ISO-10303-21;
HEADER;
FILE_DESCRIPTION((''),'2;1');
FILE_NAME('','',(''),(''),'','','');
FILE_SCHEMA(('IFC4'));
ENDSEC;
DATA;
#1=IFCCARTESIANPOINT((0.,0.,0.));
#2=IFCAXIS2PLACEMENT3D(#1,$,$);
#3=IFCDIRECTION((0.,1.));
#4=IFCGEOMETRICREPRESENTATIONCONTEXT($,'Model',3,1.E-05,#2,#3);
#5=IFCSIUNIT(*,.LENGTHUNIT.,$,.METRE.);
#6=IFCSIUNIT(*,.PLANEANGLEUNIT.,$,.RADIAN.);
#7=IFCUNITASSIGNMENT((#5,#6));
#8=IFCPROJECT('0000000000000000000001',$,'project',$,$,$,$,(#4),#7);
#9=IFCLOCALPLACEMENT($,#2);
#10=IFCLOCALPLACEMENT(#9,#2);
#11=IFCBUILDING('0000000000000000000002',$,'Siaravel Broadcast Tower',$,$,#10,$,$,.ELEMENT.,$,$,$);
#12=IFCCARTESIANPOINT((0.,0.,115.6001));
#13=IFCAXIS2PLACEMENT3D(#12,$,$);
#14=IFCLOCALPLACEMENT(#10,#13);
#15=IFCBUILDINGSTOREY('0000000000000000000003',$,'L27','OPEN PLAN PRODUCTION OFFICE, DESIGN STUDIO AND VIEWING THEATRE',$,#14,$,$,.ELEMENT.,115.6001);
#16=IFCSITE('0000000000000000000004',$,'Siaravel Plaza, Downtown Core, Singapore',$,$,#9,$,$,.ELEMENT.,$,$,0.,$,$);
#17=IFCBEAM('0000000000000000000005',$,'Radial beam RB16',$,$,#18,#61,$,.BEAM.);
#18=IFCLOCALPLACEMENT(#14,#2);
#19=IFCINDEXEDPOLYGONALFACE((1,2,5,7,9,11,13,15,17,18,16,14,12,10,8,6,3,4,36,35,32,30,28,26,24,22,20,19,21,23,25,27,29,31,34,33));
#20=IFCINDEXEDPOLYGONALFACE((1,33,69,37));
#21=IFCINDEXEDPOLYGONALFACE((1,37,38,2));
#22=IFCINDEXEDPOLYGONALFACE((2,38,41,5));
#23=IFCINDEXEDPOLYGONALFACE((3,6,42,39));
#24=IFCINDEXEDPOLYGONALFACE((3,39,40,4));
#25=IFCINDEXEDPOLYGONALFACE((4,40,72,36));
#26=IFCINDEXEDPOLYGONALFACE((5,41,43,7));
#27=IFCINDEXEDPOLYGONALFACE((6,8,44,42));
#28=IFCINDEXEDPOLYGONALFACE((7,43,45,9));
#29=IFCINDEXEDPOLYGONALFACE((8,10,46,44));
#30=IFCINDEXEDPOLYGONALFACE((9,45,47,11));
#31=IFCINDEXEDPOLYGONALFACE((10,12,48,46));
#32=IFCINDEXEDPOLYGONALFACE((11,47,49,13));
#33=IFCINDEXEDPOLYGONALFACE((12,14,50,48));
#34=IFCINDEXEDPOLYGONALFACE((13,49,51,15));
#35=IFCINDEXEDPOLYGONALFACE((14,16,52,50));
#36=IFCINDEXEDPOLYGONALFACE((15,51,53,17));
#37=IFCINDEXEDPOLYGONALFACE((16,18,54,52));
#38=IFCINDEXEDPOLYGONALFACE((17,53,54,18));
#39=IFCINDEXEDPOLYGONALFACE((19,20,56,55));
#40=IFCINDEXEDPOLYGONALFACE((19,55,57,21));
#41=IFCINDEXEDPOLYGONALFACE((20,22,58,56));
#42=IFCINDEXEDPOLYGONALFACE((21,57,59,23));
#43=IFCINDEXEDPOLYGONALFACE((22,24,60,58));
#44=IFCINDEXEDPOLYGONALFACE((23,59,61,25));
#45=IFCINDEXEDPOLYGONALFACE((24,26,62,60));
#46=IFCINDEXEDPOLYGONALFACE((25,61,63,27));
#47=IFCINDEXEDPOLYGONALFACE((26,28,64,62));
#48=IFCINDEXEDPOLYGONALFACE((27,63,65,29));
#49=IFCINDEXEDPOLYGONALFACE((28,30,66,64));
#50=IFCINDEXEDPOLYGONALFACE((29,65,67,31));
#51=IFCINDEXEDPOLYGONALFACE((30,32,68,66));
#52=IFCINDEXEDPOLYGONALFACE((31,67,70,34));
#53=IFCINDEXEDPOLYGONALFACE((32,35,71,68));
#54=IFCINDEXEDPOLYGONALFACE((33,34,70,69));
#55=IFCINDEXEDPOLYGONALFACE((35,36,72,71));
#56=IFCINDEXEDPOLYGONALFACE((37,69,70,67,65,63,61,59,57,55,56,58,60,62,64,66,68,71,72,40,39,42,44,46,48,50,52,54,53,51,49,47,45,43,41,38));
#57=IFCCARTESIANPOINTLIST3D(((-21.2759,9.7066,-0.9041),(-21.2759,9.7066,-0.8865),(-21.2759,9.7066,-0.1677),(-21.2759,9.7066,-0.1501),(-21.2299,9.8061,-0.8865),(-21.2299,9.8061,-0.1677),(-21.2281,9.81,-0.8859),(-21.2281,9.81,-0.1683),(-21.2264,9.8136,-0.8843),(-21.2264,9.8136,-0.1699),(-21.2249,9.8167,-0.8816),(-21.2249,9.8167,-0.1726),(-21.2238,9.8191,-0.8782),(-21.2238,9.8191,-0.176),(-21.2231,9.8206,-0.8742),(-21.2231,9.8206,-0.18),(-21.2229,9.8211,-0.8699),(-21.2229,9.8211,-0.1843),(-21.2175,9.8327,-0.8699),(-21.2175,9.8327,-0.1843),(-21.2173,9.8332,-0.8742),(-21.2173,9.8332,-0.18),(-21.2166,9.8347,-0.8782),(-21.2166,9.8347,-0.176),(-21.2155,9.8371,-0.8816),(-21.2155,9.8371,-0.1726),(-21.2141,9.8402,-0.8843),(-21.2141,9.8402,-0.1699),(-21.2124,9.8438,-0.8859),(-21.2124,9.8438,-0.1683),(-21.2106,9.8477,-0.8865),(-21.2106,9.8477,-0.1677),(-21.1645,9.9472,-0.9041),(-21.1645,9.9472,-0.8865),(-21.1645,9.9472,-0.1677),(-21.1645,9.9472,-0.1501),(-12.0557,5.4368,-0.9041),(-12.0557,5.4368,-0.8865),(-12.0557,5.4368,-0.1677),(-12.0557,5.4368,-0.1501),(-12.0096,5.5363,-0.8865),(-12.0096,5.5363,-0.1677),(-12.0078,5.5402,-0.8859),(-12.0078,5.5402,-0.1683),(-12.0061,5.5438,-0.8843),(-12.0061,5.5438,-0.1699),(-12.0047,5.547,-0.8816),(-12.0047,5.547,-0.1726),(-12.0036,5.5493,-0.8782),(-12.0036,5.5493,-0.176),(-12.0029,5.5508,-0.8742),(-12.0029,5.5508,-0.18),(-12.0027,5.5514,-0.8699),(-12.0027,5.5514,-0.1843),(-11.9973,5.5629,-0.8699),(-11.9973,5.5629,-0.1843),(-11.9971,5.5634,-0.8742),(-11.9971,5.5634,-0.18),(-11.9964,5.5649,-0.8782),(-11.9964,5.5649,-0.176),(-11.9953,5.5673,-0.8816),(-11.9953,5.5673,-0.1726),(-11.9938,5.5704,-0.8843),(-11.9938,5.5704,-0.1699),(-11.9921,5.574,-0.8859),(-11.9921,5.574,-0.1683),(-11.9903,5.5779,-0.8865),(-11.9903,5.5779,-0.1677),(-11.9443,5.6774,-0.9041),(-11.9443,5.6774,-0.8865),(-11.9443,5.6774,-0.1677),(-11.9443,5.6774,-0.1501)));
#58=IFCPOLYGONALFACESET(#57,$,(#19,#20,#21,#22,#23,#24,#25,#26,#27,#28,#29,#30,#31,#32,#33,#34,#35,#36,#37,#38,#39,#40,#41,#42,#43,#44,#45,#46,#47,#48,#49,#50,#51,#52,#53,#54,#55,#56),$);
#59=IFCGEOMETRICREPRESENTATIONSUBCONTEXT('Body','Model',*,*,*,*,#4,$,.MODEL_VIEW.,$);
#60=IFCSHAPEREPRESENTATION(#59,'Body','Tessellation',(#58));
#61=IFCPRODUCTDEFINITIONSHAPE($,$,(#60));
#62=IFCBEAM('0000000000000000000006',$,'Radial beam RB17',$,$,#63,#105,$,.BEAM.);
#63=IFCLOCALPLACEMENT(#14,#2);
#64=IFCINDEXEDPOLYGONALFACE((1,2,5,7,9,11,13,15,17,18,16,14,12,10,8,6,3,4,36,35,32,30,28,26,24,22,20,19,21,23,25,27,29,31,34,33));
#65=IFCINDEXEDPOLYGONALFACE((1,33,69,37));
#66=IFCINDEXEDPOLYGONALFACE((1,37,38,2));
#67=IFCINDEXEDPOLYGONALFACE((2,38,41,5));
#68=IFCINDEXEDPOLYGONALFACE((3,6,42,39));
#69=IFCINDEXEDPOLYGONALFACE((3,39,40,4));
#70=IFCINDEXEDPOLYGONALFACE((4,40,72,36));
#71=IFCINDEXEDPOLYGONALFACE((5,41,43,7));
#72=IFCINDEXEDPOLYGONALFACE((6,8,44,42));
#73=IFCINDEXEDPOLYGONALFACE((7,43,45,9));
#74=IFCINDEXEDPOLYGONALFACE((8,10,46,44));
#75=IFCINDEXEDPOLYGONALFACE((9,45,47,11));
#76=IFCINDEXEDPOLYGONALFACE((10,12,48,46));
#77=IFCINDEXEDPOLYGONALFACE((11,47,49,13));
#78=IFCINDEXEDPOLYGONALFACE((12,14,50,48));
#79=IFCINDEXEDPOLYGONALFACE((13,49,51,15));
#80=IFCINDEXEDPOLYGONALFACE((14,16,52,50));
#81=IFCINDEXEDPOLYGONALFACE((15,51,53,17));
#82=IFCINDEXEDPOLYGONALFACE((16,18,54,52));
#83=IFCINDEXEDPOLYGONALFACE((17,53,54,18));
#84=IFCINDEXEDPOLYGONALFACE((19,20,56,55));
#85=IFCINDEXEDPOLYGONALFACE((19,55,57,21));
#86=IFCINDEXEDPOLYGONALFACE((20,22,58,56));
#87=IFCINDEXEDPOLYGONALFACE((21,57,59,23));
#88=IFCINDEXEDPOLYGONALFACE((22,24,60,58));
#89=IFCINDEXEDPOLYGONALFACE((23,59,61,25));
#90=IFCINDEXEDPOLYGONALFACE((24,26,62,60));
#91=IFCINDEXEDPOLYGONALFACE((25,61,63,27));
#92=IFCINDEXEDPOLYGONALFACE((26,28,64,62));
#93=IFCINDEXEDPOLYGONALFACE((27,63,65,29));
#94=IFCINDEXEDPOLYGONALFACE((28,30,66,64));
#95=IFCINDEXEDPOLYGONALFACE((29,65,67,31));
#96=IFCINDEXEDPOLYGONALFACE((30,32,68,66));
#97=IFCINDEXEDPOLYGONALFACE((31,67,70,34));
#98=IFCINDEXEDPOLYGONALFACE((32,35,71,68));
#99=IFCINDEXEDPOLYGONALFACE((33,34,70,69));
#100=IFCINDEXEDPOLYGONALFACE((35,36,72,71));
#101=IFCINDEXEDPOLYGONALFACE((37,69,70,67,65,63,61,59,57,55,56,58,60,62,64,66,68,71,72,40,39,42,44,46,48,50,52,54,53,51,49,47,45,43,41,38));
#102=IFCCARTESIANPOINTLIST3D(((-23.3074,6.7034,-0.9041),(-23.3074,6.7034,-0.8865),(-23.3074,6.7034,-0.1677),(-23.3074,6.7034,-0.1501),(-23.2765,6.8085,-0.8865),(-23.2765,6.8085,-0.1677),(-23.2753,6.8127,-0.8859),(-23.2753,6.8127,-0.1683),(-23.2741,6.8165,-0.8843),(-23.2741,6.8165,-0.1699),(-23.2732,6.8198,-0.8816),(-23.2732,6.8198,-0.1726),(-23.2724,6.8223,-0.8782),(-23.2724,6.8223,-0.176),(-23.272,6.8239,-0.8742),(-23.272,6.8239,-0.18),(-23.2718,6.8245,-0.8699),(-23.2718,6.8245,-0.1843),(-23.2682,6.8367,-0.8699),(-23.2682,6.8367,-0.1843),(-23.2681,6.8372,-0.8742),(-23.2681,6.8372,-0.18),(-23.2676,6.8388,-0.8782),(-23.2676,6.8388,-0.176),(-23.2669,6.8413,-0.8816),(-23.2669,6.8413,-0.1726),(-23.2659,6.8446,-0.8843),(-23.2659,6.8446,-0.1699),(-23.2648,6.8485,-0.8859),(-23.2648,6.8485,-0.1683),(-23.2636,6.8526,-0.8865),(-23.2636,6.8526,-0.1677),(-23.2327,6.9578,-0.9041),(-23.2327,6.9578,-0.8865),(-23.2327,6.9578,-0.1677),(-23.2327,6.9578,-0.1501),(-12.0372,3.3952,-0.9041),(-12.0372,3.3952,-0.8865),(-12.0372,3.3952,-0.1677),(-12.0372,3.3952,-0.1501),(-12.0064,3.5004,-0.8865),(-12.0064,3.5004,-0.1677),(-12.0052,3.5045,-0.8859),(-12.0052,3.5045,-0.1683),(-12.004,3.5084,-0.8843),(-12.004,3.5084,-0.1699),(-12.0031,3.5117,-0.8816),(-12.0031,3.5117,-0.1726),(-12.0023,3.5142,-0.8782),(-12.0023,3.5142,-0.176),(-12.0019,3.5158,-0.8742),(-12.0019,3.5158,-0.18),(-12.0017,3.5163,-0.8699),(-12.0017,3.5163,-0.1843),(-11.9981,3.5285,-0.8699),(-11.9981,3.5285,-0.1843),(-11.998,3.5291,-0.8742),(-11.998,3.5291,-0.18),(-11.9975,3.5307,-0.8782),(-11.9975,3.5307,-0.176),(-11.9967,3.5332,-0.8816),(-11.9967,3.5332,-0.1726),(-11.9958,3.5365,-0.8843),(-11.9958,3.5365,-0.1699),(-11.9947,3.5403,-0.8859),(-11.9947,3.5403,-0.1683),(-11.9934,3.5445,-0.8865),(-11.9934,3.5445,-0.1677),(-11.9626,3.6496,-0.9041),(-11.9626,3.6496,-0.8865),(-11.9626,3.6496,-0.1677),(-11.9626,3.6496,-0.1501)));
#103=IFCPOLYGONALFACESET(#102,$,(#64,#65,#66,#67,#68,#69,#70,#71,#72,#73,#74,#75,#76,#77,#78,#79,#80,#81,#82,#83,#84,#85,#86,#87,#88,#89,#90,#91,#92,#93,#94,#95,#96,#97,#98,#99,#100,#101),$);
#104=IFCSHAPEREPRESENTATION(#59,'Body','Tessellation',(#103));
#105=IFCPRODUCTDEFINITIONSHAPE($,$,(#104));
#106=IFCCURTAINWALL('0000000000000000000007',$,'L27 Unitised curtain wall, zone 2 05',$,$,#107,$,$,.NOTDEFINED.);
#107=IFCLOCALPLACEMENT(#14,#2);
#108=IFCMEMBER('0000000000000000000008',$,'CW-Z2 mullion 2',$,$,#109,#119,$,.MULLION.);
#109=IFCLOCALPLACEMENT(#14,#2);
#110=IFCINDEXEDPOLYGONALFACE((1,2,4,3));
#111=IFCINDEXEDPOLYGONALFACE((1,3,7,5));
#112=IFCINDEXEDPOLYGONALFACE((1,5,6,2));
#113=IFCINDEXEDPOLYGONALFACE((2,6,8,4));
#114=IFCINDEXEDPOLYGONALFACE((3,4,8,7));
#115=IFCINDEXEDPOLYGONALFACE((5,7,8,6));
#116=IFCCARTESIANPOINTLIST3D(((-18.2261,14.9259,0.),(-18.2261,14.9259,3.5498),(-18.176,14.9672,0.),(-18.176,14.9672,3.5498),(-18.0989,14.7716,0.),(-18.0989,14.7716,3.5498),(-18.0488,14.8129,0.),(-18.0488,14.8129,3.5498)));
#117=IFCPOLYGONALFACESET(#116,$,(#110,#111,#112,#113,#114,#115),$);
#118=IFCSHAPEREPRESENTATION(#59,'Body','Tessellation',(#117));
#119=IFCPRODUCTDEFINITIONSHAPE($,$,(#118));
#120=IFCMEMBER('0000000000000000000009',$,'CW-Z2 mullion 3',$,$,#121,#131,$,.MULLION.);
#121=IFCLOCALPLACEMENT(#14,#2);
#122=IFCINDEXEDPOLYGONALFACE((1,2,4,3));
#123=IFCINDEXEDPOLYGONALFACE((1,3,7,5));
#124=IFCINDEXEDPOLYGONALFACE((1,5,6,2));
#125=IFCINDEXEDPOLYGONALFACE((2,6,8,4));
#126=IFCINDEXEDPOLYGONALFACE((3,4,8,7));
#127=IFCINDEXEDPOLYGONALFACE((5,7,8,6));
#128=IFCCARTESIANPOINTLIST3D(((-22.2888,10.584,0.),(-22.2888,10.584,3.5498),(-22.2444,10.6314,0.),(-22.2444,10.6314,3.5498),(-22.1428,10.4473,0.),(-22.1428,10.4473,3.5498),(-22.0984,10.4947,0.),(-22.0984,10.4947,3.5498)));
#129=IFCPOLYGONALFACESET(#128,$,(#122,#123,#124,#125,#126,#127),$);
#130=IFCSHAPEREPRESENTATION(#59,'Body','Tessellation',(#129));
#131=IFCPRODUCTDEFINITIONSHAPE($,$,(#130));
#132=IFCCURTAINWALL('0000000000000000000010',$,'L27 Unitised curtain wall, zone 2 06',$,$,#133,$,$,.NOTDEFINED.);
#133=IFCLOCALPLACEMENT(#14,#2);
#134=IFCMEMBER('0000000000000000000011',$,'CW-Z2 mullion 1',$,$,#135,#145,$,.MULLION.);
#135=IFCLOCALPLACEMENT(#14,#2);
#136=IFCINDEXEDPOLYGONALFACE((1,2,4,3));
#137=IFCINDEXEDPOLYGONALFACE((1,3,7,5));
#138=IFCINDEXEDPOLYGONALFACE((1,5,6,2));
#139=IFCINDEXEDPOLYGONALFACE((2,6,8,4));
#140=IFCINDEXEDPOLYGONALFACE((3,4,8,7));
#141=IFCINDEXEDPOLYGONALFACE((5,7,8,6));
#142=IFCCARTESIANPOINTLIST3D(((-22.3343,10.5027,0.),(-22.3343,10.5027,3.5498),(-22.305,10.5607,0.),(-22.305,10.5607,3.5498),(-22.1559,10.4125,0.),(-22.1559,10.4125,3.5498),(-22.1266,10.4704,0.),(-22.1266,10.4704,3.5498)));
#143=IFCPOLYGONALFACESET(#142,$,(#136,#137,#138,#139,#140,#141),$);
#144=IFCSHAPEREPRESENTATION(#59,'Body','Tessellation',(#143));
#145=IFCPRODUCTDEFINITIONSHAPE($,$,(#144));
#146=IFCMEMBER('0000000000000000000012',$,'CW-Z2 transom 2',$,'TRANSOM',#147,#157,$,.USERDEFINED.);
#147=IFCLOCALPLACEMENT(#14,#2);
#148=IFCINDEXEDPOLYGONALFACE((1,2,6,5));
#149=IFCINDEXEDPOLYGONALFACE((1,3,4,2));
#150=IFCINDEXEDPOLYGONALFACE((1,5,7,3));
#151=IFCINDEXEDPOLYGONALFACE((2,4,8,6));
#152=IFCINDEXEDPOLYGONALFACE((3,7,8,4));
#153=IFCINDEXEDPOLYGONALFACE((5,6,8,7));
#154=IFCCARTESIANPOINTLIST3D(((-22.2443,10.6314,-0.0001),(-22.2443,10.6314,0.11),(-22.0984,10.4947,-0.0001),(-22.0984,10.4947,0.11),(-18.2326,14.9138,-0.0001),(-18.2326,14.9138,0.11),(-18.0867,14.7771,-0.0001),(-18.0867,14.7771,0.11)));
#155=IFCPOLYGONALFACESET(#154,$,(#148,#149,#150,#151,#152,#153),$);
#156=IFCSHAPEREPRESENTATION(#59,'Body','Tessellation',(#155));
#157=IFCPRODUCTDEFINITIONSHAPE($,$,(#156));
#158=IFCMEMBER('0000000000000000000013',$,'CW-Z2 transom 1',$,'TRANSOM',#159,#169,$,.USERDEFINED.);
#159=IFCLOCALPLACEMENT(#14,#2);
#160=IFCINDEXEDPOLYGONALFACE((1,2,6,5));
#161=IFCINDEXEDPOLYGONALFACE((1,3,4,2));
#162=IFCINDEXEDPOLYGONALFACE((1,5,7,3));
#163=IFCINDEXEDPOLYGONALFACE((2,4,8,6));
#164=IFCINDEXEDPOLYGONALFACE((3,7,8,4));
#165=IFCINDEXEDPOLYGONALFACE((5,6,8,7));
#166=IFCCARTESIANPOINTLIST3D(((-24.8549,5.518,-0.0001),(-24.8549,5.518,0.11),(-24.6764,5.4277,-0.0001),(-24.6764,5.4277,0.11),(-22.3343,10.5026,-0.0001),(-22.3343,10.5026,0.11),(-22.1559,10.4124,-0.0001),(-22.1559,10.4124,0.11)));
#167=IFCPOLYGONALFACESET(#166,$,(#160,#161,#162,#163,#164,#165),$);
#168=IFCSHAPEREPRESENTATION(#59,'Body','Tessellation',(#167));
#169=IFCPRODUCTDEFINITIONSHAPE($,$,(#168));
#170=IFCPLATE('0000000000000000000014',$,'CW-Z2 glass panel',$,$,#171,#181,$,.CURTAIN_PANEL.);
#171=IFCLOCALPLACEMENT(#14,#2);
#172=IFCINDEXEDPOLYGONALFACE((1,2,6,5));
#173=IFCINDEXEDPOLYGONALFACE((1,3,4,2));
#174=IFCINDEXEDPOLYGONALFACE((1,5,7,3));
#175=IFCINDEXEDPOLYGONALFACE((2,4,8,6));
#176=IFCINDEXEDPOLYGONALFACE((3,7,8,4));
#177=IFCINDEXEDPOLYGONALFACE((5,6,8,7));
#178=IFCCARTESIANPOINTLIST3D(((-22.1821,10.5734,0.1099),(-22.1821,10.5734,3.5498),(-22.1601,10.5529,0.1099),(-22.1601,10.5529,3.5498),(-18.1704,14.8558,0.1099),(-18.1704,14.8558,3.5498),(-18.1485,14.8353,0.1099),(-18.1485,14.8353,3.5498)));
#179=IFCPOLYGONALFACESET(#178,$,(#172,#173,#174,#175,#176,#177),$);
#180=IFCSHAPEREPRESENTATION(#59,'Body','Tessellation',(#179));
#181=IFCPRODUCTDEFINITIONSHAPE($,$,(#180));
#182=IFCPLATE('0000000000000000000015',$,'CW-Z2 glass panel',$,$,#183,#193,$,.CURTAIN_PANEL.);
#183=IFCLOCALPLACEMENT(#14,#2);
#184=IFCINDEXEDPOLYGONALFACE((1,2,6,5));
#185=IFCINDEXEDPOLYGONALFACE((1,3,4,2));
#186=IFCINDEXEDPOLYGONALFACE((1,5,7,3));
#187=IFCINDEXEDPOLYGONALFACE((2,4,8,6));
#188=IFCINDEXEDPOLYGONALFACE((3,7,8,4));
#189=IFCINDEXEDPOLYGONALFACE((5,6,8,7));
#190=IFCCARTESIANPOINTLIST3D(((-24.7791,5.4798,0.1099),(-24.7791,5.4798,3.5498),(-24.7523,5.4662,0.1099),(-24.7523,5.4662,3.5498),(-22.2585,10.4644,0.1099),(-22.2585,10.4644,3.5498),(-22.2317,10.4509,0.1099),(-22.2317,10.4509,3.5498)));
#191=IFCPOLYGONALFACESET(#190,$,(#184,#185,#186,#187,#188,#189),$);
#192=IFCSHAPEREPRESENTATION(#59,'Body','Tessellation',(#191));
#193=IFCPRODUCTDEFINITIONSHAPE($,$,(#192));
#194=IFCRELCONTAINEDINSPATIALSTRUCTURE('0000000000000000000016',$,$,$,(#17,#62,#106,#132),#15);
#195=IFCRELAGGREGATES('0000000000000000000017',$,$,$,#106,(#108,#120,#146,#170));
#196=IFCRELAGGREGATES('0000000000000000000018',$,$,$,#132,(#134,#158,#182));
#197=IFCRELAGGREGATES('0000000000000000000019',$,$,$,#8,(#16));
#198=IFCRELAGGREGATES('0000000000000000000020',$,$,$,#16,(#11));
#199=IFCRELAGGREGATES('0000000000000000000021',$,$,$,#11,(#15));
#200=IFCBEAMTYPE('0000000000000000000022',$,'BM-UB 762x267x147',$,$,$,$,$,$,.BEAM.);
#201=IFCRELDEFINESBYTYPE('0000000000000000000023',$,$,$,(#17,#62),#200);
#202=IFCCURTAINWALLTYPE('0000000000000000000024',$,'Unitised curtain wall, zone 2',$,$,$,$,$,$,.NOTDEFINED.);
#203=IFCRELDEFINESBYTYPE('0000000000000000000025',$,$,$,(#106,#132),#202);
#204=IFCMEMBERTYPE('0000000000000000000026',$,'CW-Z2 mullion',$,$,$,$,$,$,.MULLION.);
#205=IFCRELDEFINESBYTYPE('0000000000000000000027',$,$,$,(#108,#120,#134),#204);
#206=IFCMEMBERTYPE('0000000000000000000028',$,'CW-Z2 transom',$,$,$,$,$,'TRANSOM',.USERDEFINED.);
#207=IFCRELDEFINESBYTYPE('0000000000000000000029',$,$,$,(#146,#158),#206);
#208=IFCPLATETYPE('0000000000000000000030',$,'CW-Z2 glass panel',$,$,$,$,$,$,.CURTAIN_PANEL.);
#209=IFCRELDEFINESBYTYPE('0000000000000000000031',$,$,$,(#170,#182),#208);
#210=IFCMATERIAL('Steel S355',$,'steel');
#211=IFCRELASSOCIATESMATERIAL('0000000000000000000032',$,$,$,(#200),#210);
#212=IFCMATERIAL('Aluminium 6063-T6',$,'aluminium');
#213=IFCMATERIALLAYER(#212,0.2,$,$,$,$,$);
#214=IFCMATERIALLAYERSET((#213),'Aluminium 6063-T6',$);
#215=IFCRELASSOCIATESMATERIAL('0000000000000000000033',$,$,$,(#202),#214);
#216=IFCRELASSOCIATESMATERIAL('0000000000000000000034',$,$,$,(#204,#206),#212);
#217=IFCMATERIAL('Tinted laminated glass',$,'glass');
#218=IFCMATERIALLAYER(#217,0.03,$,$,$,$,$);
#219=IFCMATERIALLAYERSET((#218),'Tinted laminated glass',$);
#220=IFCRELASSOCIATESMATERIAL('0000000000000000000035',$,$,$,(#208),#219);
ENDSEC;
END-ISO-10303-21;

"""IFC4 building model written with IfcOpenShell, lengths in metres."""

from ifc_helpers import new_model, si_unit, direction, frame, origin, origin_2d, place, context, subcontext, project, spatial, rectangle, i_section, extrude, material, layer, layer_set, material_profile, profile_set, type_object, element, aggregate, save


model = new_model("IFC4")

# Units and contexts
model_context = context("Model", 3, precision=1e-05, world=origin(), true_north=direction((0.0, 1.0)))
body_context = subcontext(model_context, "Body", "Model", "MODEL_VIEW")
ifc_project = project(units=[si_unit("LENGTHUNIT", "METRE"), si_unit("PLANEANGLEUNIT", "RADIAN")], contexts=[model_context])

# Site, building, storey
site_placement = place(None, origin())
site = spatial("IfcSite", under=ifc_project, at=site_placement, Name="Siaravel Plaza, Downtown Core, Singapore", CompositionType="ELEMENT", RefElevation=0.0)
building_placement = place(site_placement, origin())
building = spatial("IfcBuilding", under=site, at=building_placement, Name="Siaravel Broadcast Tower", CompositionType="ELEMENT")
storey_placement = place(building_placement, frame((0.0, 0.0, 115.6001)))
storey = spatial("IfcBuildingStorey", under=building, at=storey_placement, Name="L27", Description="OPEN PLAN PRODUCTION OFFICE, DESIGN STUDIO AND VIEWING THEATRE", CompositionType="ELEMENT", Elevation=115.6001)

# Beams
ifc_material_1 = material(Name="Steel S355", Category="steel")
ifc_material_profile_1 = material_profile(ifc_material_1, i_section(OverallWidth=0.2651, OverallDepth=0.7539, WebThickness=0.0127, FlangeThickness=0.0176, FilletRadius=0.0166, at=origin_2d()))
ifc_profile_set_1 = profile_set([ifc_material_profile_1], Name="Steel S355")
beam_type = type_object("IfcBeamType", Name="BM-UB 762x267x147", PredefinedType="BEAM", material=ifc_profile_set_1)
beam_1_placement = place(storey_placement, frame((-21.2202, 9.8269, -0.5271), z_axis=(0.907423, -0.420217, 0.0), x_axis=(0.420217, 0.907423, 0.0)))
element("IfcBeam", 1, at=beam_1_placement, inside=storey, type_object=beam_type, Name="Radial beam RB16", PredefinedType="BEAM", context=body_context, shape_type="SweptSolid", body=[
    extrude(i_section(OverallWidth=0.2651, OverallDepth=0.7539, WebThickness=0.0127, FlangeThickness=0.0176, FilletRadius=0.0166, at=origin_2d()), origin(), (0.0, 0.0, 1.0), 10.1609),
])
beam_2_placement = place(storey_placement, frame((-23.27, 6.8306, -0.5271), z_axis=(0.959518, -0.281649, 0.0), x_axis=(0.281649, 0.959518, 0.0)))
element("IfcBeam", 2, at=beam_2_placement, inside=storey, type_object=beam_type, Name="Radial beam RB17", PredefinedType="BEAM", context=body_context, shape_type="SweptSolid", body=[
    extrude(i_section(OverallWidth=0.2651, OverallDepth=0.7539, WebThickness=0.0127, FlangeThickness=0.0176, FilletRadius=0.0166, at=origin_2d()), origin(), (0.0, 0.0, 1.0), 11.7456),
])

# Curtain wall, members
ifc_material_2 = material(Name="Aluminium 6063-T6", Category="aluminium")
ifc_layer_1 = layer(ifc_material_2, 0.2)
ifc_layer_set_1 = layer_set([ifc_layer_1], Name="Aluminium 6063-T6")
curtain_wall_type = type_object("IfcCurtainWallType", Name="Unitised curtain wall, zone 2", PredefinedType="NOTDEFINED", material=ifc_layer_set_1)
curtain_wall_1_placement = place(storey_placement, origin())
curtain_wall_1 = element("IfcCurtainWall", 3, at=curtain_wall_1_placement, inside=storey, type_object=curtain_wall_type, Name="L27 Unitised curtain wall, zone 2 05", PredefinedType="NOTDEFINED")
ifc_material_profile_2 = material_profile(ifc_material_2, rectangle(XDim=0.2, YDim=0.0649, at=origin_2d()))
ifc_profile_set_2 = profile_set([ifc_material_profile_2], Name="Aluminium 6063-T6")
member_type_1 = type_object("IfcMemberType", Name="CW-Z2 mullion", PredefinedType="MULLION", material=ifc_profile_set_2)
member_1_placement = place(storey_placement, frame((-18.1375, 14.8694, 0.0), z_axis=(0.0, 0.0, 1.0), x_axis=(0.636218, -0.771509, 0.0)))
member_1 = element("IfcMember", 4, at=member_1_placement, type_object=member_type_1, Name="CW-Z2 mullion 2", PredefinedType="MULLION", context=body_context, shape_type="SweptSolid", body=[
    extrude(rectangle(XDim=0.2, YDim=0.0649, at=origin_2d()), origin(), (0.0, 0.0, 1.0), 3.5498),
])
member_2_placement = place(storey_placement, frame((-22.1936, 10.5393, 0.0), z_axis=(0.0, 0.0, 1.0), x_axis=(0.729805, -0.683655, 0.0)))
member_2 = element("IfcMember", 5, at=member_2_placement, type_object=member_type_1, Name="CW-Z2 mullion 3", PredefinedType="MULLION", context=body_context, shape_type="SweptSolid", body=[
    extrude(rectangle(XDim=0.2, YDim=0.0649, at=origin_2d()), origin(), (0.0, 0.0, 1.0), 3.5498),
])

# Curtain wall, member
curtain_wall_2_placement = place(storey_placement, origin())
curtain_wall_2 = element("IfcCurtainWall", 6, at=curtain_wall_2_placement, inside=storey, type_object=curtain_wall_type, Name="L27 Unitised curtain wall, zone 2 06", PredefinedType="NOTDEFINED")
member_3_placement = place(storey_placement, frame((-22.2305, 10.4866, 0.0), z_axis=(0.0, 0.0, 1.0), x_axis=(0.892392, -0.451261, 0.0)))
member_3 = element("IfcMember", 7, at=member_3_placement, type_object=member_type_1, Name="CW-Z2 mullion 1", PredefinedType="MULLION", context=body_context, shape_type="SweptSolid", body=[
    extrude(rectangle(XDim=0.2, YDim=0.0649, at=origin_2d()), origin(), (0.0, 0.0, 1.0), 3.5498),
])

# Members
ifc_material_profile_3 = material_profile(ifc_material_2, rectangle(XDim=0.2, YDim=0.1101, at=origin_2d()))
ifc_profile_set_3 = profile_set([ifc_material_profile_3], Name="Aluminium 6063-T6")
member_type_2 = type_object("IfcMemberType", Name="CW-Z2 transom", ElementType="TRANSOM", PredefinedType="USERDEFINED", material=ifc_profile_set_3)
member_4_placement = place(storey_placement, frame((-18.1597, 14.8455, 0.0549), z_axis=(-0.68366, -0.729801, 0.0), x_axis=(0.729801, -0.68366, 0.0)))
member_4 = element("IfcMember", 8, at=member_4_placement, type_object=member_type_2, Name="CW-Z2 transom 2", ObjectType="TRANSOM", PredefinedType="USERDEFINED", context=body_context, shape_type="SweptSolid", body=[
    extrude(rectangle(XDim=0.2, YDim=0.1101, at=origin_2d()), origin(), (0.0, 0.0, 1.0), 5.8679),
])
member_5_placement = place(storey_placement, frame((-22.2451, 10.4575, 0.0549), z_axis=(-0.451248, -0.892399, 0.0), x_axis=(0.892399, -0.451248, 0.0)))
member_5 = element("IfcMember", 9, at=member_5_placement, type_object=member_type_2, Name="CW-Z2 transom 1", ObjectType="TRANSOM", PredefinedType="USERDEFINED", context=body_context, shape_type="SweptSolid", body=[
    extrude(rectangle(XDim=0.2, YDim=0.1101, at=origin_2d()), origin(), (0.0, 0.0, 1.0), 5.5857),
])

# Plates
ifc_material_3 = material(Name="Tinted laminated glass", Category="glass")
ifc_layer_2 = layer(ifc_material_3, 0.03)
ifc_layer_set_2 = layer_set([ifc_layer_2], Name="Tinted laminated glass")
plate_type = type_object("IfcPlateType", Name="CW-Z2 glass panel", PredefinedType="CURTAIN_PANEL", material=ifc_layer_set_2)
plate_1_placement = place(storey_placement, frame((-20.1653, 12.7043, 0.1099), z_axis=(0.0, 0.0, 1.0), x_axis=(-0.683655, -0.729805, 0.0)))
plate_1 = element("IfcPlate", 10, at=plate_1_placement, type_object=plate_type, Name="CW-Z2 glass panel", PredefinedType="CURTAIN_PANEL", context=body_context, shape_type="SweptSolid", body=[
    extrude(rectangle(XDim=5.8679, YDim=0.03, at=origin_2d()), origin(), (0.0, 0.0, 1.0), 3.4399),
])
aggregate(curtain_wall_1, [member_1, member_2, member_4, plate_1])
plate_2_placement = place(storey_placement, frame((-23.5054, 7.9653, 0.1099), z_axis=(0.0, 0.0, 1.0), x_axis=(-0.451261, -0.892392, 0.0)))
plate_2 = element("IfcPlate", 11, at=plate_2_placement, type_object=plate_type, Name="CW-Z2 glass panel", PredefinedType="CURTAIN_PANEL", context=body_context, shape_type="SweptSolid", body=[
    extrude(rectangle(XDim=5.5857, YDim=0.03, at=origin_2d()), origin(), (0.0, 0.0, 1.0), 3.4399),
])
aggregate(curtain_wall_2, [member_3, member_5, plate_2])

save(model, "model.ifc")
